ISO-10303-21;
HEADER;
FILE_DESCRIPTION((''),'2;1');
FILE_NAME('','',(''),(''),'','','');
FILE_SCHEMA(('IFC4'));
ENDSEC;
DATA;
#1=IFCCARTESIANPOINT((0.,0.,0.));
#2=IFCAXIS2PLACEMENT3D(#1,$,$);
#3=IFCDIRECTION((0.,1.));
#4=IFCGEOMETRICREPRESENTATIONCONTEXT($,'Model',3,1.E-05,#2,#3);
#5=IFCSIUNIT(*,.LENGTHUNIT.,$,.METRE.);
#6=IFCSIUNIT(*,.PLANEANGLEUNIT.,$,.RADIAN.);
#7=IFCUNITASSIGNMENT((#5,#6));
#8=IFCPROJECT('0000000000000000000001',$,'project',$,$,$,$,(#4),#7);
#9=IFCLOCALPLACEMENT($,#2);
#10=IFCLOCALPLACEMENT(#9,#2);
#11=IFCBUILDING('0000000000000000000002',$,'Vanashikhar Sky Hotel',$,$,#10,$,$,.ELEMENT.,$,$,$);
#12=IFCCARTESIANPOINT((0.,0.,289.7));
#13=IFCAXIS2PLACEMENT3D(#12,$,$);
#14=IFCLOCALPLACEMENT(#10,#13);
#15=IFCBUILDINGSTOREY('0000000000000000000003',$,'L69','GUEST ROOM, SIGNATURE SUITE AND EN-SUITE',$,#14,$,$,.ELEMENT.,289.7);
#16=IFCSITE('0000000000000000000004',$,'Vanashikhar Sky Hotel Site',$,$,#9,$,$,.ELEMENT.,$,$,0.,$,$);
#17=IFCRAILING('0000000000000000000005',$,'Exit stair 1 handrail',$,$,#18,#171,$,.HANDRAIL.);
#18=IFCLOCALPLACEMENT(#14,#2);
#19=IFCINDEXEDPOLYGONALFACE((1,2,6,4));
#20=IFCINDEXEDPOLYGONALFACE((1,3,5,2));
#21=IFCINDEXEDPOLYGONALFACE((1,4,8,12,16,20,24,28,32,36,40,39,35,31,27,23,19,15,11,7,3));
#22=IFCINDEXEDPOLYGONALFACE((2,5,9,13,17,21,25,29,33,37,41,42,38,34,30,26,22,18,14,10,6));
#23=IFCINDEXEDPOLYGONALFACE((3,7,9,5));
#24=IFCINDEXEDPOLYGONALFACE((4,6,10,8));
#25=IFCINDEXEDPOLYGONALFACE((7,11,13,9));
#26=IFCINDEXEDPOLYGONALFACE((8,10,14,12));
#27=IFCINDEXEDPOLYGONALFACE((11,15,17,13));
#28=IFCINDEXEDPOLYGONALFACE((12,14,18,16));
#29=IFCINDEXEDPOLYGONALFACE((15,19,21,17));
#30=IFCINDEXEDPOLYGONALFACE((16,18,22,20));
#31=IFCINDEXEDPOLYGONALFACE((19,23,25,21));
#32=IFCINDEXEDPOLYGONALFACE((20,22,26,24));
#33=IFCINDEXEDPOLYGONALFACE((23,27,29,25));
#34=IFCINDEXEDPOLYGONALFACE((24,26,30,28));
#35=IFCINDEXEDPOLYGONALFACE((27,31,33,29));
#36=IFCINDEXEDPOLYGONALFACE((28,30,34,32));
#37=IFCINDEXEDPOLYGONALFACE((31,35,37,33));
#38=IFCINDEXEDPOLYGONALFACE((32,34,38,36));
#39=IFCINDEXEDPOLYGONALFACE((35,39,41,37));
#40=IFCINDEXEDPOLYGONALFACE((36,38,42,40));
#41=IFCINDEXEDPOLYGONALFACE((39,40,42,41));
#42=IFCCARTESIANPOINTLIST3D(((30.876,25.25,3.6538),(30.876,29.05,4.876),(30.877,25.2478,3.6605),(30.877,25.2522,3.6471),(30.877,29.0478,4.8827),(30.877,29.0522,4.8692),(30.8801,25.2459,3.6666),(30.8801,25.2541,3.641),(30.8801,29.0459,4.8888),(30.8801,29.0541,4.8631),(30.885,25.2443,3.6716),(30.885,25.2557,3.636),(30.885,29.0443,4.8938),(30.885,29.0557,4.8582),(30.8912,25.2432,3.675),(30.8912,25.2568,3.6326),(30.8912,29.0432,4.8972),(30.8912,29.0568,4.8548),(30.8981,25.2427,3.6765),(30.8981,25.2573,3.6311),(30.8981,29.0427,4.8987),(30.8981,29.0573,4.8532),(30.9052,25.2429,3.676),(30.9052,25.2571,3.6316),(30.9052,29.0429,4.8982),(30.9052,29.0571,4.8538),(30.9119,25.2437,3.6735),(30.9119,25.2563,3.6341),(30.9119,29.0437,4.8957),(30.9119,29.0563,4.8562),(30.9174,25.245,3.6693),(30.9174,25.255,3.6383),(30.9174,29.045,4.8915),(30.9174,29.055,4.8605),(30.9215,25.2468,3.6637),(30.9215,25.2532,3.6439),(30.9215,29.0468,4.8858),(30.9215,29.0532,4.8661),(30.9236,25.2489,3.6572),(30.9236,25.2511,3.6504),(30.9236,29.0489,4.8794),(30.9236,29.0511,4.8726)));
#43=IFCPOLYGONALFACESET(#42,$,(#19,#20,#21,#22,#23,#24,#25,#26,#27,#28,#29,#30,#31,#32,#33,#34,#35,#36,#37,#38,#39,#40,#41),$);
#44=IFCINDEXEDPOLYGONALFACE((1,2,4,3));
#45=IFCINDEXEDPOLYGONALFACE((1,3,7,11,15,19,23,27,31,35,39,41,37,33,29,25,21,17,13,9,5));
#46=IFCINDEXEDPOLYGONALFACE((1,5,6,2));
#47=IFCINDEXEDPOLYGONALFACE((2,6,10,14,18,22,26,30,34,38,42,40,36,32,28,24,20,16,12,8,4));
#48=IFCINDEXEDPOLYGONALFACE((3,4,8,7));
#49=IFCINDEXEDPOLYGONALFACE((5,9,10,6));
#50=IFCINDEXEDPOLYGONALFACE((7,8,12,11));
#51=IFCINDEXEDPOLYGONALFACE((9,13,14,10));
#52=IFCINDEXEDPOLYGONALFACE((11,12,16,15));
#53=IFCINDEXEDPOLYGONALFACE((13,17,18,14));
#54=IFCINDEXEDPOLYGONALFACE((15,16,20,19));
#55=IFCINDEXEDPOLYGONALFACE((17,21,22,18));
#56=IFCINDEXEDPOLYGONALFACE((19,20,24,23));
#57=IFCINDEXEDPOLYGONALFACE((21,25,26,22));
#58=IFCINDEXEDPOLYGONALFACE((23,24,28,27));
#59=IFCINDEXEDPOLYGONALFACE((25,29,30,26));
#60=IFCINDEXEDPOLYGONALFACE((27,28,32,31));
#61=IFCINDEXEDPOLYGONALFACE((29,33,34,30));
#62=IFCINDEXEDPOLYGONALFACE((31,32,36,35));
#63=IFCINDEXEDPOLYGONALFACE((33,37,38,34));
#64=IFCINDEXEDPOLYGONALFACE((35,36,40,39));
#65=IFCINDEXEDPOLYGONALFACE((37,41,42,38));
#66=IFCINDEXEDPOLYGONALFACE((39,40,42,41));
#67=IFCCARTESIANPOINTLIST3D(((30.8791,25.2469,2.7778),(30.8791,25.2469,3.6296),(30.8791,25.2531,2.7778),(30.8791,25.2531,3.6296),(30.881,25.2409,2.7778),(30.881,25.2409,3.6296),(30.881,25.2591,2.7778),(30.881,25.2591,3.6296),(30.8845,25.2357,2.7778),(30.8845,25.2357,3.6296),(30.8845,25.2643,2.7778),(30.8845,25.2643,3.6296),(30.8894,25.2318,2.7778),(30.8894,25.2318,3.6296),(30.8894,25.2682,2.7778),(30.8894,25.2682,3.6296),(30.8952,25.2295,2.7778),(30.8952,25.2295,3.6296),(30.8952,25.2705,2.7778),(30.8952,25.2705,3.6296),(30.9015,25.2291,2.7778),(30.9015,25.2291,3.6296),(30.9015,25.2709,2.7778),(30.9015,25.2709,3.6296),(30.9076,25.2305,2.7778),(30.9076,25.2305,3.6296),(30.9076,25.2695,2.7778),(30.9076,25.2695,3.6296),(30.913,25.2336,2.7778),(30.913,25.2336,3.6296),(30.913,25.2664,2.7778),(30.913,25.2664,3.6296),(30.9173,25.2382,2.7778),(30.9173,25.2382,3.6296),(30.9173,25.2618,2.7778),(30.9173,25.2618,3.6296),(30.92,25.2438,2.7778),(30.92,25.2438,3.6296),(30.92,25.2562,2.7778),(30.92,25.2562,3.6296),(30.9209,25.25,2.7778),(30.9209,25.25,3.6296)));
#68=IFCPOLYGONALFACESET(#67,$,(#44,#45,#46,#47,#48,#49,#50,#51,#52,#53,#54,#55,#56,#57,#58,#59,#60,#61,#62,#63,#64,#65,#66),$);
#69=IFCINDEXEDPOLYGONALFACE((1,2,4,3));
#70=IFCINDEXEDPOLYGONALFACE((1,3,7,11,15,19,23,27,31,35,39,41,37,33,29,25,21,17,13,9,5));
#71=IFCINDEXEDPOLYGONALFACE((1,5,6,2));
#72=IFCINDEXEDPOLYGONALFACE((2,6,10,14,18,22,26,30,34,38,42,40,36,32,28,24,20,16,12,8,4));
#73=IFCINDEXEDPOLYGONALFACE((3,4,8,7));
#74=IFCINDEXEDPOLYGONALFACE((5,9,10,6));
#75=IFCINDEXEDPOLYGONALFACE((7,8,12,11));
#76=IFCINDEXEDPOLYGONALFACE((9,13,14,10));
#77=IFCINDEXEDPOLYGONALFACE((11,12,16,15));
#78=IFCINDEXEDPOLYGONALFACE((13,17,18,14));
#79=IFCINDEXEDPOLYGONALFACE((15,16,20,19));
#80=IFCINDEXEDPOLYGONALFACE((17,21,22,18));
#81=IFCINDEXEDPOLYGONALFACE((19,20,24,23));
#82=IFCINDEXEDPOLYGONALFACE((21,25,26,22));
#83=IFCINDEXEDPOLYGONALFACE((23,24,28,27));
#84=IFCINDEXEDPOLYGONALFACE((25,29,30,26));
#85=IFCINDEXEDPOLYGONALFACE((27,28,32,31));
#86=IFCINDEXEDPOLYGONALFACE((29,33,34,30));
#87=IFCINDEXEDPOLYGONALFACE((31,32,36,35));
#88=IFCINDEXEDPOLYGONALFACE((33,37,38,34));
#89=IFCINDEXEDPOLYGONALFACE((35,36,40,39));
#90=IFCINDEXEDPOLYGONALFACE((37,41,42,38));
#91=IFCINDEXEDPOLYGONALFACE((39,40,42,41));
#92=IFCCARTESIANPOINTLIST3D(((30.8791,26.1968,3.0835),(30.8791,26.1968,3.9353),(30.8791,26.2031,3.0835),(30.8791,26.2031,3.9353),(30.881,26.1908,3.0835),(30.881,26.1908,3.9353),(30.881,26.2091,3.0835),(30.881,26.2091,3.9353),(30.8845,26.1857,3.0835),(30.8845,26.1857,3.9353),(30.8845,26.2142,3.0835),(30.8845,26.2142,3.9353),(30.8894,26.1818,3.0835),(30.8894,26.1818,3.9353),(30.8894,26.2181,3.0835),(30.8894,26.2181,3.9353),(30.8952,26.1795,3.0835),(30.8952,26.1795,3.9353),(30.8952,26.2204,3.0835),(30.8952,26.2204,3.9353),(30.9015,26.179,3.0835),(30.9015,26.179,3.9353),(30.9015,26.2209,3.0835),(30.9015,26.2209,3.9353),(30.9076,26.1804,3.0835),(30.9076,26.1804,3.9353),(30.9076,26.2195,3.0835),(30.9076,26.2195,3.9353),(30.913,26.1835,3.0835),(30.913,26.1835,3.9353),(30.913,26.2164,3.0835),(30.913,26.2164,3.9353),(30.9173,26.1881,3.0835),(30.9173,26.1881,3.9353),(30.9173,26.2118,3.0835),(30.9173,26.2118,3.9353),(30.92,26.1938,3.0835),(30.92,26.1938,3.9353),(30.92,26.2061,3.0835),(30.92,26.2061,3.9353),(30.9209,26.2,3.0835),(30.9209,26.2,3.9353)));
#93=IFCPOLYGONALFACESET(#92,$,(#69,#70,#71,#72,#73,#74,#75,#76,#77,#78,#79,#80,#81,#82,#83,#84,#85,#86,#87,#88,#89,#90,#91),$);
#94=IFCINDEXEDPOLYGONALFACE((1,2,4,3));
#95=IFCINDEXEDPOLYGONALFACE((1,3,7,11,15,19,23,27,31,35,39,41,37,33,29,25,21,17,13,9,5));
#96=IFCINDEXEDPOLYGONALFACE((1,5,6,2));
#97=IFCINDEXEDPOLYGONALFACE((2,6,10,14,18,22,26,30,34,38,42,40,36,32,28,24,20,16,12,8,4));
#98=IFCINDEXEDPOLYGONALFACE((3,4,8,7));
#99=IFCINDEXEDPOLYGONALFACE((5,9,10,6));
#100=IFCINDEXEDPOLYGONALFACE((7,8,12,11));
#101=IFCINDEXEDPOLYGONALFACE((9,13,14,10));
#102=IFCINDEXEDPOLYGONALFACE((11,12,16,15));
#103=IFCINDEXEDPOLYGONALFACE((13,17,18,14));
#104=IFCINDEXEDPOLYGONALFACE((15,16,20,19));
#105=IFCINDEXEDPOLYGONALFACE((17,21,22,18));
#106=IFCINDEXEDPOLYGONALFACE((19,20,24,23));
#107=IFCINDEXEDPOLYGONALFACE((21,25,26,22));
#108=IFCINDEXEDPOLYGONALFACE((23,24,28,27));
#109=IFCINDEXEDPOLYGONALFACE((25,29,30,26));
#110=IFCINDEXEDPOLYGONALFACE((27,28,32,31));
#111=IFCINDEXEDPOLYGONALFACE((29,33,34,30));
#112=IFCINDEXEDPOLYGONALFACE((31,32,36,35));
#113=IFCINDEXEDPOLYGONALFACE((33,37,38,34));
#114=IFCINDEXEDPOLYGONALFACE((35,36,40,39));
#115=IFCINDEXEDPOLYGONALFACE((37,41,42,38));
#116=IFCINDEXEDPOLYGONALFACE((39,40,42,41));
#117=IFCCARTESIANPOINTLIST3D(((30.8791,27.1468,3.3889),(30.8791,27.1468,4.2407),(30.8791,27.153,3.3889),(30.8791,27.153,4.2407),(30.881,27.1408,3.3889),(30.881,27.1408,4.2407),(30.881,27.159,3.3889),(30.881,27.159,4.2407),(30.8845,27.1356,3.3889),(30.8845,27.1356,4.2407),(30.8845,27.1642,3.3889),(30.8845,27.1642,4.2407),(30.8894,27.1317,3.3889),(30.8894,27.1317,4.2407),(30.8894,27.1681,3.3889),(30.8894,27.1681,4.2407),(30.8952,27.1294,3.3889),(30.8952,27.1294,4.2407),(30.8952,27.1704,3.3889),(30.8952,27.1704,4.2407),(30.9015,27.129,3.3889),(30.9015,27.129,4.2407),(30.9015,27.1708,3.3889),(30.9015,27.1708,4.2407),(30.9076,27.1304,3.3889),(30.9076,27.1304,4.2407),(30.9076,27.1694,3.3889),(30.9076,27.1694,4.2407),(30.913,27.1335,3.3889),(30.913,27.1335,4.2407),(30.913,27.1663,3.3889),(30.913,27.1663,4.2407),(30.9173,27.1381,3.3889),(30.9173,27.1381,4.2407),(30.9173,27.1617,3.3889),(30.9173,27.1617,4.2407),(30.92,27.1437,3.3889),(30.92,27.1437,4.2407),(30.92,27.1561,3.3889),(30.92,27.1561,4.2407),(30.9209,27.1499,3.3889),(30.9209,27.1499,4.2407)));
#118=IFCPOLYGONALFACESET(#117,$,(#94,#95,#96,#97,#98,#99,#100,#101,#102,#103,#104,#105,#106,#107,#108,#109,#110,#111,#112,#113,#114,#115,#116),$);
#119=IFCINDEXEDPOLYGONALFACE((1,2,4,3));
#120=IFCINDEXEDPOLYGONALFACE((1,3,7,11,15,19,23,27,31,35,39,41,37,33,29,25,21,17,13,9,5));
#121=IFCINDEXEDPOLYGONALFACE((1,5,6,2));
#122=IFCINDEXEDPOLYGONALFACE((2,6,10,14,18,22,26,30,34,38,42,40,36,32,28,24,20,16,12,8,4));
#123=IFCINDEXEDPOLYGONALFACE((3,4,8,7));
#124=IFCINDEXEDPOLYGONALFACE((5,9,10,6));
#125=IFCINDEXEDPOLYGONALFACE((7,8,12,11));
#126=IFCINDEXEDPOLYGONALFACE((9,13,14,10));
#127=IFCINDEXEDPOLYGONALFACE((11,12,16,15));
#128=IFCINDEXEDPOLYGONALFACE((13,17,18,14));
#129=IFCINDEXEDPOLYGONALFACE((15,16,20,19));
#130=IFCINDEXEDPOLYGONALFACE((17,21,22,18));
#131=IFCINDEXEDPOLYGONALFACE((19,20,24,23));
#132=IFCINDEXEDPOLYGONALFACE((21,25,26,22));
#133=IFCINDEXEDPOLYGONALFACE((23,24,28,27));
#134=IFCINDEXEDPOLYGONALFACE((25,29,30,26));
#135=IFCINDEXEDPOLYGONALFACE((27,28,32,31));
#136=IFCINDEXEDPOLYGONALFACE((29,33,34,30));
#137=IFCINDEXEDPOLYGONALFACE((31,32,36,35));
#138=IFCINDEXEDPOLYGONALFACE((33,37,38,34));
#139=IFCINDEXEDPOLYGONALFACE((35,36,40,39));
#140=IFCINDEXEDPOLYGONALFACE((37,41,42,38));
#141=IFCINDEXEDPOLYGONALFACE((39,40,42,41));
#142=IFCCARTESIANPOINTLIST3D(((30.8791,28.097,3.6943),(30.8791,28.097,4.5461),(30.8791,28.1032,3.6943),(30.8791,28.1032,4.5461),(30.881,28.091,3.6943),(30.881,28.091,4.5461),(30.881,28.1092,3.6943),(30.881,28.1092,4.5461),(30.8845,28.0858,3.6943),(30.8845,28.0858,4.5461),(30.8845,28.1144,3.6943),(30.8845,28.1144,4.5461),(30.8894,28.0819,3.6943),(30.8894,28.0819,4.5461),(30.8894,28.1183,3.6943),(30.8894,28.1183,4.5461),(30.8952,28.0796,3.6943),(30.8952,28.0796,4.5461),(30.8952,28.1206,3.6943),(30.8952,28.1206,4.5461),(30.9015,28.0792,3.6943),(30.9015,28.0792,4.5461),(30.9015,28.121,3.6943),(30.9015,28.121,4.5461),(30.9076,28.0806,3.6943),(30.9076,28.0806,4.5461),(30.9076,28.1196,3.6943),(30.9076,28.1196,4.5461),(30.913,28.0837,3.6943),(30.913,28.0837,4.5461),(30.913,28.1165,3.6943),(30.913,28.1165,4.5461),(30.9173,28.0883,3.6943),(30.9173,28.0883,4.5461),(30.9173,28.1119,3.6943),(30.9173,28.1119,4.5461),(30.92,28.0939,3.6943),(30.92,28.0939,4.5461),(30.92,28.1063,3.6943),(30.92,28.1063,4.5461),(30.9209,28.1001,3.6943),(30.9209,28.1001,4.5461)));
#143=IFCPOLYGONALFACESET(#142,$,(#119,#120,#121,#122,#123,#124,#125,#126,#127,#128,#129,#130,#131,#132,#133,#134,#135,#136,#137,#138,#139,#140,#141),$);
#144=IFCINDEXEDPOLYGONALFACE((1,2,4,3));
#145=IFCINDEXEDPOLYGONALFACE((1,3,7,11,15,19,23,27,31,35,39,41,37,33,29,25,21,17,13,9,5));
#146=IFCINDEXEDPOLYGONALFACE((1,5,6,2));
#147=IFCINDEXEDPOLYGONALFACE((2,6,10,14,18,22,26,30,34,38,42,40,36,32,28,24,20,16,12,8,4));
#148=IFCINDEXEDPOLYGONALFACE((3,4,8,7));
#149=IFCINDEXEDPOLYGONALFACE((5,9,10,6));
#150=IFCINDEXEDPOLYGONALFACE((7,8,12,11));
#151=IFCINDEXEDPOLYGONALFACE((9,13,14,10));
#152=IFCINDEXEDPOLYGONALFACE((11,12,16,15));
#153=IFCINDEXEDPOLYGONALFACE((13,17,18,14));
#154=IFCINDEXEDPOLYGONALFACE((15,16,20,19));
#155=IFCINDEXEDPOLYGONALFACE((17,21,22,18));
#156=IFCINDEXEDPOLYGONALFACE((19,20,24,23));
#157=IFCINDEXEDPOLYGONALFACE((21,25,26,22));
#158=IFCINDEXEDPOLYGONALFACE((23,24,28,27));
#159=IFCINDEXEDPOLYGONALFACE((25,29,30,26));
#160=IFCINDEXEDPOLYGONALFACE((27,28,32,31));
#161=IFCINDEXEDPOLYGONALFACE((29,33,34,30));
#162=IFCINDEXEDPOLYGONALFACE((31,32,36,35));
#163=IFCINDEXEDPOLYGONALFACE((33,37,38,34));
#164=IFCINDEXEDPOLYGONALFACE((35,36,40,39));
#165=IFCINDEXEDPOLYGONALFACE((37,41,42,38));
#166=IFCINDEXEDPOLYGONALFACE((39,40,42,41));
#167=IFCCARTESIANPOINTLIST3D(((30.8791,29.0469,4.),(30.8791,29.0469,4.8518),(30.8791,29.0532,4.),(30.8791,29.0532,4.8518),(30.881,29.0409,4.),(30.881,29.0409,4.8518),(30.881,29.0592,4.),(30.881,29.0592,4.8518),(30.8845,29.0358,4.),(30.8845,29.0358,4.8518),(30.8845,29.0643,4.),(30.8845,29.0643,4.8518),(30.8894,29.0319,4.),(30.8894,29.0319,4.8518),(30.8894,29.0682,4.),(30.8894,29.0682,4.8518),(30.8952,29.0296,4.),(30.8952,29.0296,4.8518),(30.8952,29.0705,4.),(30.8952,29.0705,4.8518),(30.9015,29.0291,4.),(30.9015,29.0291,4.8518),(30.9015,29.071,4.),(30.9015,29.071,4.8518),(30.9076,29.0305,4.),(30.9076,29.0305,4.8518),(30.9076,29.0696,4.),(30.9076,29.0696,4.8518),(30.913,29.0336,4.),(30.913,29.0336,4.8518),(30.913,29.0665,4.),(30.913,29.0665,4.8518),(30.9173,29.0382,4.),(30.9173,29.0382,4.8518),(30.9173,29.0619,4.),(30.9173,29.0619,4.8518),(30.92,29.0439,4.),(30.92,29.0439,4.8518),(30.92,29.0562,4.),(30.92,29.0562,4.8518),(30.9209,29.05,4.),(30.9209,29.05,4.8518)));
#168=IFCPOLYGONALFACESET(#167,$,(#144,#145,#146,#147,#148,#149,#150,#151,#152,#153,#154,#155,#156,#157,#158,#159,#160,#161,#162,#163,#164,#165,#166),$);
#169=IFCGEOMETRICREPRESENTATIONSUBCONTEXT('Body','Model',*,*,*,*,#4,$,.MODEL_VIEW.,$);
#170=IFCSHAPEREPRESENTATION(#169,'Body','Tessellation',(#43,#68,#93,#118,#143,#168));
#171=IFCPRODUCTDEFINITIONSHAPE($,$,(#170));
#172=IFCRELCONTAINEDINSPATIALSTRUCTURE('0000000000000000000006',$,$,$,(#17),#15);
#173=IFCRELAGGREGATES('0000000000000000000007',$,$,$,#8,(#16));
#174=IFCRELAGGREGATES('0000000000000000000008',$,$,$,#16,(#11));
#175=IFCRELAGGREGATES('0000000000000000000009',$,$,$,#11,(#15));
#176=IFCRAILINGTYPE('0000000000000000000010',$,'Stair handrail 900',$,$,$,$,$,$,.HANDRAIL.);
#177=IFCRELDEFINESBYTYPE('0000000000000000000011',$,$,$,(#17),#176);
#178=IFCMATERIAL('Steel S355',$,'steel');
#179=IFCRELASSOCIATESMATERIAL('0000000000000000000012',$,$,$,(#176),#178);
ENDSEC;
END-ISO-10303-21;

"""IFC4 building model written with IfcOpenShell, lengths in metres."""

from ifc_helpers import new_model, si_unit, direction, frame, origin, origin_2d, place, context, subcontext, project, spatial, circle, extrude, source, transform, mapped, material, type_object, element, save


model = new_model("IFC4")

# Units and contexts
model_context = context("Model", 3, precision=1e-05, world=origin(), true_north=direction((0.0, 1.0)))
body_context = subcontext(model_context, "Body", "Model", "MODEL_VIEW")
ifc_project = project(units=[si_unit("LENGTHUNIT", "METRE"), si_unit("PLANEANGLEUNIT", "RADIAN")], contexts=[model_context])

# Site, building, storey
site_placement = place(None, origin())
site = spatial("IfcSite", under=ifc_project, at=site_placement, Name="Vanashikhar Sky Hotel Site", CompositionType="ELEMENT", RefElevation=0.0)
building_placement = place(site_placement, origin())
building = spatial("IfcBuilding", under=site, at=building_placement, Name="Vanashikhar Sky Hotel", CompositionType="ELEMENT")
storey_placement = place(building_placement, frame((0.0, 0.0, 289.7)))
storey = spatial("IfcBuildingStorey", under=building, at=storey_placement, Name="L69", Description="GUEST ROOM, SIGNATURE SUITE AND EN-SUITE", CompositionType="ELEMENT", Elevation=289.7)

# Railing
ifc_material_1 = material(Name="Steel S355", Category="steel")
railing_type_1 = type_object("IfcRailingType", Name="Stair handrail 900", PredefinedType="HANDRAIL", material=ifc_material_1)
shared_shape_1 = source(origin(), body_context, "Body", "SweptSolid", [
    extrude(circle(Radius=0.0239, at=origin_2d()), frame((0.0, 0.0, 0.876), z_axis=(0.0, 0.951976, 0.306173), x_axis=(-1.0, 0.0, 0.0)), (0.0, 0.0, 1.0), 3.9917),
    extrude(circle(Radius=0.021, at=origin_2d()), origin(), (0.0, 0.0, 1.0), 0.8518),
    extrude(circle(Radius=0.021, at=origin_2d()), frame((0.0, 0.95, 0.3057)), (0.0, 0.0, 1.0), 0.8518),
    extrude(circle(Radius=0.021, at=origin_2d()), frame((0.0, 1.8999, 0.6111)), (0.0, 0.0, 1.0), 0.8518),
    extrude(circle(Radius=0.021, at=origin_2d()), frame((0.0, 2.8501, 0.9165)), (0.0, 0.0, 1.0), 0.8518),
    extrude(circle(Radius=0.021, at=origin_2d()), frame((0.0, 3.8, 1.2222)), (0.0, 0.0, 1.0), 0.8518),
])
railing_1_placement = place(storey_placement, frame((30.8999, 25.25, 2.7778)))
element("IfcRailing", 1, at=railing_1_placement, inside=storey, type_object=railing_type_1, Name="Exit stair 1 handrail", PredefinedType="HANDRAIL", context=body_context, shape_type="MappedRepresentation", body=[
    mapped(shared_shape_1, transform((0.0, 0.0, 0.0), scale=1.0)),
])

save(model, "model.ifc")
